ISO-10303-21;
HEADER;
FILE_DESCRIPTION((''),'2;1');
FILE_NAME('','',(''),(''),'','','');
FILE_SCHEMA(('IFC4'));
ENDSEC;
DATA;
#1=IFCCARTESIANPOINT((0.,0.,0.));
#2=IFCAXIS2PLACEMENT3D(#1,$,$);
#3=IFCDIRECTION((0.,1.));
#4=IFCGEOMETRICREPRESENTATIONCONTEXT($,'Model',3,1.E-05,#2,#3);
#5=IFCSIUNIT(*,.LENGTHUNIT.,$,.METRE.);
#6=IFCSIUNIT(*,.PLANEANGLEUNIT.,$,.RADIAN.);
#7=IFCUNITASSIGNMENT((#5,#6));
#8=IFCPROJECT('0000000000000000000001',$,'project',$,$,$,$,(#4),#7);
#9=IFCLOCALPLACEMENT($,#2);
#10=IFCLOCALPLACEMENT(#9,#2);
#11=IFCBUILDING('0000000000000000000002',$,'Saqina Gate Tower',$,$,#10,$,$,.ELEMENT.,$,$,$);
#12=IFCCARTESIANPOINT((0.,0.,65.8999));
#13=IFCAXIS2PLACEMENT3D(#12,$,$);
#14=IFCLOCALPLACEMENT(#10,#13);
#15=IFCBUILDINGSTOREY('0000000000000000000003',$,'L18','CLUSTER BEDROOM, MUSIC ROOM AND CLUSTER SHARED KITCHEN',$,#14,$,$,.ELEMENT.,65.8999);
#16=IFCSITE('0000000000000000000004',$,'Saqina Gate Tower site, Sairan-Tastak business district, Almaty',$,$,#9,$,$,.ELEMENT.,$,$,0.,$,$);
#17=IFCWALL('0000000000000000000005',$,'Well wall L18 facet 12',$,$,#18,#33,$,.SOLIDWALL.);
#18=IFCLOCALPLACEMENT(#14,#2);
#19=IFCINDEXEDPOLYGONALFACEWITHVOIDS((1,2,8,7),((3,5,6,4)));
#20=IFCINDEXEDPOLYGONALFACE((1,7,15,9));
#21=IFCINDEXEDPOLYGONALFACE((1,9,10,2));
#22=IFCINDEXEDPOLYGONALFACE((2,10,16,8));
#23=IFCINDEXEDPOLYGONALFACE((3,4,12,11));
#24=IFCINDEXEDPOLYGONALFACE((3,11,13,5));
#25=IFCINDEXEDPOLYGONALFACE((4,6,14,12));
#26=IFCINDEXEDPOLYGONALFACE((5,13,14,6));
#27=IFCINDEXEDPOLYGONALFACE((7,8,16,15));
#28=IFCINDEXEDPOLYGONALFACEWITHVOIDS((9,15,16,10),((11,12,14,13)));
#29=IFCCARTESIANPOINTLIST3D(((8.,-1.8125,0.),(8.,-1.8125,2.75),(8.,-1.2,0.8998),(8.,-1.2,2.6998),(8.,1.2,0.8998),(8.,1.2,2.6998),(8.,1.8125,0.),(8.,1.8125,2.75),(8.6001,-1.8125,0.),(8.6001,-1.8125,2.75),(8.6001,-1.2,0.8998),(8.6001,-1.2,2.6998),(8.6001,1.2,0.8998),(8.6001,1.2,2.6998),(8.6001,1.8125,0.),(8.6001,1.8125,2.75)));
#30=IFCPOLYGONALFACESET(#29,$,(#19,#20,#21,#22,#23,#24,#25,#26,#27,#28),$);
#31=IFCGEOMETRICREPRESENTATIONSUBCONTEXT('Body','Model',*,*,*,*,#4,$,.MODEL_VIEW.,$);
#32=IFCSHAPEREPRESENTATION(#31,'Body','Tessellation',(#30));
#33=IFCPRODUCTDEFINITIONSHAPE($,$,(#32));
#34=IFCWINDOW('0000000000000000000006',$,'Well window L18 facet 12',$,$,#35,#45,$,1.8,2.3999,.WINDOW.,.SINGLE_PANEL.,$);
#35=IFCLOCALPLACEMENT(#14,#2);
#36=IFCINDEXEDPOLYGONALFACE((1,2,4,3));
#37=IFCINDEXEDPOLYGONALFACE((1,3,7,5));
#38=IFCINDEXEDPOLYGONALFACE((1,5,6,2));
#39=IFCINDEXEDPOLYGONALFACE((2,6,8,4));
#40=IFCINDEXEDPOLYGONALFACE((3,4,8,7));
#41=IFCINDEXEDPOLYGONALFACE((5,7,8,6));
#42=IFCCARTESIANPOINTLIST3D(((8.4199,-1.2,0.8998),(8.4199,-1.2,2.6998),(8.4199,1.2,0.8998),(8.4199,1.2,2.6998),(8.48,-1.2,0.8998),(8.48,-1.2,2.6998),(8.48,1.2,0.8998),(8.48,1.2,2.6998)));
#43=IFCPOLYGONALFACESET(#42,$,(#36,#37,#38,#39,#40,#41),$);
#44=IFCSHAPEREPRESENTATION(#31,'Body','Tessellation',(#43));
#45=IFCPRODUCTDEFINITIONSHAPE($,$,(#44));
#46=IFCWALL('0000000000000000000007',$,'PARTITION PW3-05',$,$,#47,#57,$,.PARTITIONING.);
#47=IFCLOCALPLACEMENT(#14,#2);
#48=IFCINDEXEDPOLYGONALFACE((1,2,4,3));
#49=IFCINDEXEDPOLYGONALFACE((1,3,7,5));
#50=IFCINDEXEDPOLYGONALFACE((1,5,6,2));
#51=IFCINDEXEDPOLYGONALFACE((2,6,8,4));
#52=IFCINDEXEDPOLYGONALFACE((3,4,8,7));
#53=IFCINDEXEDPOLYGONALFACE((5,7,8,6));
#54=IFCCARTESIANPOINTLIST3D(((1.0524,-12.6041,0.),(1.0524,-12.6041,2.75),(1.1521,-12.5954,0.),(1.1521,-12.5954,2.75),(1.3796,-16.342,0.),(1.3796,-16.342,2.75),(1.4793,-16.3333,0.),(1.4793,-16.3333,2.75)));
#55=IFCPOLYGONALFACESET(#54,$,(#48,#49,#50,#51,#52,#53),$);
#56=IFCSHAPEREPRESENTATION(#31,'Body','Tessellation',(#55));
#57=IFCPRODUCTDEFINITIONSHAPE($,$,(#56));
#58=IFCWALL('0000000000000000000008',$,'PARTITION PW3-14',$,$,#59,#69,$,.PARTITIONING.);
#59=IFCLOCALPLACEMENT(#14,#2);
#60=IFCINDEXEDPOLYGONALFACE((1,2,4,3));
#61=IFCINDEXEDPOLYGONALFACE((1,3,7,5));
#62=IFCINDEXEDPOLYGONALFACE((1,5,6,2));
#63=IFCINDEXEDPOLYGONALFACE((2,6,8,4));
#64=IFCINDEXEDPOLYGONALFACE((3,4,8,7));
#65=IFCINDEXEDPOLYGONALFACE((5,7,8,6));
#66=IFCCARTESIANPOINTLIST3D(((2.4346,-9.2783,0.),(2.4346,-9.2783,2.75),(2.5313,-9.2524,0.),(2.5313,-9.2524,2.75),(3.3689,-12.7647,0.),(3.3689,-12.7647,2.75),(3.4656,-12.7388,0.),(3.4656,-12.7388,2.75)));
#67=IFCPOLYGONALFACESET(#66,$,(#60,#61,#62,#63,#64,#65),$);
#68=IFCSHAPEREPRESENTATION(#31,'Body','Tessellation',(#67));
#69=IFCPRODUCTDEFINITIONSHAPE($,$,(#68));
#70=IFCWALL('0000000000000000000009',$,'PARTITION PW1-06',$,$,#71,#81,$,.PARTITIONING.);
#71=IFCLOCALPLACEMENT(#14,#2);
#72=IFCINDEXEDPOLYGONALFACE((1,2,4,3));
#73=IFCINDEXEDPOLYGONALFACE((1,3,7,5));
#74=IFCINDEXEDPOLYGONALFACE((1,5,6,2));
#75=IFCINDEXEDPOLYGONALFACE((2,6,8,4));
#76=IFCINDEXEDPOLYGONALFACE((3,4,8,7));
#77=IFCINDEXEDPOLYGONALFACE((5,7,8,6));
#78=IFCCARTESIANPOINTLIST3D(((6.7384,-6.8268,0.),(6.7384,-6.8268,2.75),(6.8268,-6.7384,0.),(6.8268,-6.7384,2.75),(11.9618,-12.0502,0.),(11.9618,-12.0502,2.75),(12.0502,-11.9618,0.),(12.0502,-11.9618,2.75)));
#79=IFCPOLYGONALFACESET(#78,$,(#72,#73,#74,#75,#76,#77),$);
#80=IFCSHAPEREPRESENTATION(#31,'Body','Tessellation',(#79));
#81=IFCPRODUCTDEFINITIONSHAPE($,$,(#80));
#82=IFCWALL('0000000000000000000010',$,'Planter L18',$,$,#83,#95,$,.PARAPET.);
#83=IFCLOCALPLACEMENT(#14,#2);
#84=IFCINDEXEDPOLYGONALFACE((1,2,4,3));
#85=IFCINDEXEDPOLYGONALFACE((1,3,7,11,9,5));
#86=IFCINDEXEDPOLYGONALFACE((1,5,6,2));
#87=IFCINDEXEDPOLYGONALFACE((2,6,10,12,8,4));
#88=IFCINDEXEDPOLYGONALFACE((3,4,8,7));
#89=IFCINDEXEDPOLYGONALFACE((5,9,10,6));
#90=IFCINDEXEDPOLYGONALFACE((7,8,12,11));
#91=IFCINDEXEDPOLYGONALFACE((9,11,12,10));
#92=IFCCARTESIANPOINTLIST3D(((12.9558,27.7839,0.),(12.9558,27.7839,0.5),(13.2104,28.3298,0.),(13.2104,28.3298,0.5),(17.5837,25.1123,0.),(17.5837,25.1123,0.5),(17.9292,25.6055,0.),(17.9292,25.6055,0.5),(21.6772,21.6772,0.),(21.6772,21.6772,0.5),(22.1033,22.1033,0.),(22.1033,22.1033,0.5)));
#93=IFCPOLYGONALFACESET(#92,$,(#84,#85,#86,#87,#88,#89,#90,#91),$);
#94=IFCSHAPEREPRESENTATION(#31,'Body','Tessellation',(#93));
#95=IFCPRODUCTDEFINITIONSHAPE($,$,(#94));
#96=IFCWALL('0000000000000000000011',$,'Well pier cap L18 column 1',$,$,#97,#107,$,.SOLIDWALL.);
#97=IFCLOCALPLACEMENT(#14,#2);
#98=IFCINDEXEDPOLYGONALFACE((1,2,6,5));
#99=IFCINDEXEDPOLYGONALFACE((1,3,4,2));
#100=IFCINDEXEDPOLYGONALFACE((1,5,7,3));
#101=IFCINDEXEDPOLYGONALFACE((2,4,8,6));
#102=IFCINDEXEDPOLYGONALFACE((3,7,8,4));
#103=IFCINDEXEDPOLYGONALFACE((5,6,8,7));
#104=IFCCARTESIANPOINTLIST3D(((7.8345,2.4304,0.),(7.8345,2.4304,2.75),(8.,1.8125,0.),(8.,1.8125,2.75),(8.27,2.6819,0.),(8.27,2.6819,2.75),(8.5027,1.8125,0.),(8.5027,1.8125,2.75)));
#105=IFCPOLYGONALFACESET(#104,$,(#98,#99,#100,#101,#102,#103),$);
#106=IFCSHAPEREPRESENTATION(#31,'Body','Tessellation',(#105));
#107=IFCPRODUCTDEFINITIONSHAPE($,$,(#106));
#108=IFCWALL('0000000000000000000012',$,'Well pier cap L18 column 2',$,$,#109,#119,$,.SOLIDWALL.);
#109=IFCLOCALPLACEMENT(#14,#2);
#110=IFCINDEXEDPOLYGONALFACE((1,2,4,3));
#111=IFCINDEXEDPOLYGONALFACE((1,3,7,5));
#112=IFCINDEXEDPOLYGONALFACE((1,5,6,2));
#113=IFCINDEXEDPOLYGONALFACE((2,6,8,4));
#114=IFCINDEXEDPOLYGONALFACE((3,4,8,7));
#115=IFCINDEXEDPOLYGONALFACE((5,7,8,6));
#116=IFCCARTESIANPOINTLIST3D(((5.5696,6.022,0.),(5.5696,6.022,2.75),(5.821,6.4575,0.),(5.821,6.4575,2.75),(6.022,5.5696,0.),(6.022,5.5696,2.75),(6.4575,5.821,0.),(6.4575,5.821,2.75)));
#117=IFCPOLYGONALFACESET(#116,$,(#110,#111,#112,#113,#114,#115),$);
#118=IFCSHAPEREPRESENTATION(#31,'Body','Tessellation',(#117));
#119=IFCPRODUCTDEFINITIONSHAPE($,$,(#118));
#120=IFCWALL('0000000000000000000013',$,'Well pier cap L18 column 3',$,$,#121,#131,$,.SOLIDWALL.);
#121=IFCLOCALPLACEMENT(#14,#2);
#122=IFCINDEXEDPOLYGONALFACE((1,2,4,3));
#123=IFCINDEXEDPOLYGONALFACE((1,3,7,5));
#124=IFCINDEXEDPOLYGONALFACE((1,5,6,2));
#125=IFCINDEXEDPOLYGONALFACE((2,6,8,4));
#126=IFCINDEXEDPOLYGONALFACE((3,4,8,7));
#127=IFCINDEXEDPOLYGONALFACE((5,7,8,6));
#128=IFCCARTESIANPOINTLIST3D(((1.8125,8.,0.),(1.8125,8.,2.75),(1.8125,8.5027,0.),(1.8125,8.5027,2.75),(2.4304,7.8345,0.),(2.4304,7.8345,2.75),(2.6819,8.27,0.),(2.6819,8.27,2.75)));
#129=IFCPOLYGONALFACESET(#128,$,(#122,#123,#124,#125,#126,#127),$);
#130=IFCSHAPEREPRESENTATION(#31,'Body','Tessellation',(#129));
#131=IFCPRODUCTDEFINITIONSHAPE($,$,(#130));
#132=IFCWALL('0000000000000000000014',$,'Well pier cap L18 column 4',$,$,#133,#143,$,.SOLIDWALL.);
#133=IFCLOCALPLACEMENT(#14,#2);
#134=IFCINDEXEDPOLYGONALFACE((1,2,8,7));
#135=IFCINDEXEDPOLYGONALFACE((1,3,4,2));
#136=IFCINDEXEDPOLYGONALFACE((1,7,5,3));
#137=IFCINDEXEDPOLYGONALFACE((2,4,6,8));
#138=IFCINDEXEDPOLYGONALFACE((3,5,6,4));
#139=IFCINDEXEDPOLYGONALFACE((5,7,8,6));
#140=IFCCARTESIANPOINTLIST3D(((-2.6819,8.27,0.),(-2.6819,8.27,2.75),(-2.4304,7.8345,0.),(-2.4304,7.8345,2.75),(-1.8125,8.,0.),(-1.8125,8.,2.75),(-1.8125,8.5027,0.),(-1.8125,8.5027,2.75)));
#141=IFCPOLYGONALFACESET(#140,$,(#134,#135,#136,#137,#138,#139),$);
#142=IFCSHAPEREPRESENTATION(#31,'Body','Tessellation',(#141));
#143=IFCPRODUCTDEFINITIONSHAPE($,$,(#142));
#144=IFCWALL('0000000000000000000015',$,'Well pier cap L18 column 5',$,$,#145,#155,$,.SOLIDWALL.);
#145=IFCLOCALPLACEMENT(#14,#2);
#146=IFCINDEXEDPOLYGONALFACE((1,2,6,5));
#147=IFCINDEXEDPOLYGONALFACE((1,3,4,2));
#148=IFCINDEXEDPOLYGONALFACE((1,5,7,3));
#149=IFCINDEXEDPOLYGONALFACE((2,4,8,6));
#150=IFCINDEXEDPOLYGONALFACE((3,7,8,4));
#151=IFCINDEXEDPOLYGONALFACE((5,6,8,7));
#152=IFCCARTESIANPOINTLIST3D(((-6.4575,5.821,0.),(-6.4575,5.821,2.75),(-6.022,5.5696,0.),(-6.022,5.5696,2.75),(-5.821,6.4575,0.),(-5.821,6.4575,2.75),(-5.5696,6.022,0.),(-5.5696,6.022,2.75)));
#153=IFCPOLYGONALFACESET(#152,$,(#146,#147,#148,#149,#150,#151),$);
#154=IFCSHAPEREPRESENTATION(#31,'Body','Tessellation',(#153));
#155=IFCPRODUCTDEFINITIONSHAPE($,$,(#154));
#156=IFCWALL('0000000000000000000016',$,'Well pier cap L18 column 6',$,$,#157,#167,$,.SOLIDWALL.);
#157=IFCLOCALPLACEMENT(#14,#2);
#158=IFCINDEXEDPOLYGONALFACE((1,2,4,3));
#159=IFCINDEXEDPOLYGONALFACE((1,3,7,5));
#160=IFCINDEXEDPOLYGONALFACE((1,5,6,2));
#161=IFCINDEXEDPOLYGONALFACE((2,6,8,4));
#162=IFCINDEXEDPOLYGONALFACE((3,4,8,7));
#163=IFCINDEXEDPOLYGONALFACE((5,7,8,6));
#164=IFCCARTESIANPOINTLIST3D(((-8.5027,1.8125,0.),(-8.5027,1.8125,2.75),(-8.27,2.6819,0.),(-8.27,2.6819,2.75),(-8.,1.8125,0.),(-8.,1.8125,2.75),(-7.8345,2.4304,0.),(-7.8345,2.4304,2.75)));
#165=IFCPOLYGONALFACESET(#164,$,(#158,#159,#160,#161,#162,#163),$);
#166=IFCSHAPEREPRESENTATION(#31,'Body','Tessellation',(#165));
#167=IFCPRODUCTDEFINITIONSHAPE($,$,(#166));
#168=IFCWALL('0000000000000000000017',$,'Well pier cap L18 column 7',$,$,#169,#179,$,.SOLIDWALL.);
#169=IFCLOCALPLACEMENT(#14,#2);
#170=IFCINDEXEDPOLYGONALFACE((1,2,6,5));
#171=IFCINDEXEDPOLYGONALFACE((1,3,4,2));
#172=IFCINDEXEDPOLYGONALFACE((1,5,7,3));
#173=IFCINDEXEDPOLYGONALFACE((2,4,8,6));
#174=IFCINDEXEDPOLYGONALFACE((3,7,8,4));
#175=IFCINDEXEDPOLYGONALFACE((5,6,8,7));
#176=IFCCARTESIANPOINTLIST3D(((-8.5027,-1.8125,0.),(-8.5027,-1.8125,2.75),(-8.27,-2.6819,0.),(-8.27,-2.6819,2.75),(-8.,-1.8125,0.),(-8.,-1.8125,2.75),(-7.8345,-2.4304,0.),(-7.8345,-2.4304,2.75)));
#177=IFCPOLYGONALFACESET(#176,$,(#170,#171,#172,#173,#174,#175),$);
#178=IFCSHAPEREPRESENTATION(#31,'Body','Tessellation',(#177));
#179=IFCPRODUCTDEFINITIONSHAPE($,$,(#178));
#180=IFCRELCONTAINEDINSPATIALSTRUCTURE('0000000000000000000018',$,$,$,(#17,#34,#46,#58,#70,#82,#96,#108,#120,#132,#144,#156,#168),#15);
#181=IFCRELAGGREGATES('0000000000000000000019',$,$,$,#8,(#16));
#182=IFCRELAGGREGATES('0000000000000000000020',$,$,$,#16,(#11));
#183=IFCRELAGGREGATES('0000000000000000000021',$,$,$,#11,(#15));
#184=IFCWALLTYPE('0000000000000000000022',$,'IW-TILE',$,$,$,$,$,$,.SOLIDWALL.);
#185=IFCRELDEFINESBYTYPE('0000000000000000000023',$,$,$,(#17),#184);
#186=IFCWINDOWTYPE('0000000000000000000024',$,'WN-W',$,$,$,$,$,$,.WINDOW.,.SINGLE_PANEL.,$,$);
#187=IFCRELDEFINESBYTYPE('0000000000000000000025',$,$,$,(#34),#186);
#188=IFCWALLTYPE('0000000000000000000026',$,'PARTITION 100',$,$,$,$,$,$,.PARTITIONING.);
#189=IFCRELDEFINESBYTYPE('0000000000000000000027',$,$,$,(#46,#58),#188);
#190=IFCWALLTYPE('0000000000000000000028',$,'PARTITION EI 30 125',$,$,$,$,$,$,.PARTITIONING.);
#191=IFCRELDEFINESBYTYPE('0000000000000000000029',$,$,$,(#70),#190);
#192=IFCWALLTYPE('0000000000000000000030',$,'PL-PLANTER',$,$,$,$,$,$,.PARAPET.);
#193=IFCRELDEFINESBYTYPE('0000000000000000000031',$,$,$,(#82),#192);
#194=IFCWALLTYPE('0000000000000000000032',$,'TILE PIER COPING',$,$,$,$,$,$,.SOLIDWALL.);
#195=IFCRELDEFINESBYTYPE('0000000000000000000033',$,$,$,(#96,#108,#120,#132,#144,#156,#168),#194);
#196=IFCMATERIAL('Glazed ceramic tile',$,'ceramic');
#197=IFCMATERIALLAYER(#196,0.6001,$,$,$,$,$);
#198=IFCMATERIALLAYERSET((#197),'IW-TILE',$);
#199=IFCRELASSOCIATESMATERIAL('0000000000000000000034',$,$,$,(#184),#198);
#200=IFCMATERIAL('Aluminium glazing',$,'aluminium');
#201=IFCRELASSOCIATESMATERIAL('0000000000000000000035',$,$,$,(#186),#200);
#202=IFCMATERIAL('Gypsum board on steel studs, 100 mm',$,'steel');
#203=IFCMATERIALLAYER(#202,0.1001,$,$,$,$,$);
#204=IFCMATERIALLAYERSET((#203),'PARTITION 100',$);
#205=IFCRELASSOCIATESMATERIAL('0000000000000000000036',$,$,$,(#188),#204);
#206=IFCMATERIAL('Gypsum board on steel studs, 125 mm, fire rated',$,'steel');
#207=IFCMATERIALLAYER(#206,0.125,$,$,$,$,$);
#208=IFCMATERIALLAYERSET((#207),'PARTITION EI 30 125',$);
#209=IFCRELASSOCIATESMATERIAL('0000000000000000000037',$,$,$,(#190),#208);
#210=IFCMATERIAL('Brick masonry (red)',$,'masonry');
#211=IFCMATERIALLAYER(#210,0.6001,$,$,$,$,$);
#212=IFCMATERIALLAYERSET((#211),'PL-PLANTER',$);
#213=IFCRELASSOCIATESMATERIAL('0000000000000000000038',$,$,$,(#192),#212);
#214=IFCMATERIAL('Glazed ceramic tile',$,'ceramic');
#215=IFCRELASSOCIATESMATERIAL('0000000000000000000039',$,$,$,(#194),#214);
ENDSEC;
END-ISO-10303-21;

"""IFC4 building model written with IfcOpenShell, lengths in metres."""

from ifc_helpers import new_model, si_unit, direction, frame, frame_2d, origin, place, context, subcontext, project, spatial, polyline, rectangle, outline, extrude, material, layer, layer_set, type_object, element, fill, save


model = new_model("IFC4")

# Units and contexts
model_context = context("Model", 3, precision=1e-05, world=origin(), true_north=direction((0.0, 1.0)))
body_context = subcontext(model_context, "Body", "Model", "MODEL_VIEW")
ifc_project = project(units=[si_unit("LENGTHUNIT", "METRE"), si_unit("PLANEANGLEUNIT", "RADIAN")], contexts=[model_context])

# Site, building, storey
site_placement = place(None, origin())
site = spatial("IfcSite", under=ifc_project, at=site_placement, Name="Saqina Gate Tower site, Sairan-Tastak business district, Almaty", CompositionType="ELEMENT", RefElevation=0.0)
building_placement = place(site_placement, origin())
building = spatial("IfcBuilding", under=site, at=building_placement, Name="Saqina Gate Tower", CompositionType="ELEMENT")
storey_placement = place(building_placement, frame((0.0, 0.0, 65.8999)))
storey = spatial("IfcBuildingStorey", under=building, at=storey_placement, Name="L18", Description="CLUSTER BEDROOM, MUSIC ROOM AND CLUSTER SHARED KITCHEN", CompositionType="ELEMENT", Elevation=65.8999)

# Wall, opening, window
ifc_material_1 = material(Name="Glazed ceramic tile", Category="ceramic")
ifc_layer_1 = layer(ifc_material_1, 0.6001)
ifc_layer_set_1 = layer_set([ifc_layer_1], Name="IW-TILE")
wall_type_1 = type_object("IfcWallType", Name="IW-TILE", PredefinedType="SOLIDWALL", material=ifc_layer_set_1)
ifc_material_2 = material(Name="Aluminium glazing", Category="aluminium")
window_type = type_object("IfcWindowType", Name="WN-W", PartitioningType="SINGLE_PANEL", PredefinedType="WINDOW", material=ifc_material_2)
wall_1_placement = place(storey_placement, frame((8.3, -1.8125, 0.0), z_axis=(0.0, 0.0, 1.0), x_axis=(0.0, 1.0, 0.0)))
wall_1 = element("IfcWall", 1, at=wall_1_placement, inside=storey, type_object=wall_type_1, Name="Well wall L18 facet 12", PredefinedType="SOLIDWALL", context=body_context, shape_type="SweptSolid", body=[
    extrude(rectangle(XDim=3.625, YDim=0.6001, at=frame_2d((1.8125, 0.0))), origin(), (0.0, 0.0, 1.0), 2.75),
])
opening_1_placement = place(wall_1_placement, frame((0.6125, 0.0, 0.8999)))
opening_1 = element("IfcOpeningElement", 2, at=opening_1_placement, cuts=wall_1, PredefinedType="OPENING", context=body_context, shape_type="SweptSolid", body=[
    extrude(rectangle(XDim=2.3999, YDim=1.8, at=frame_2d((1.2, 0.8999))), frame((0.0, 0.312, 0.0), z_axis=(0.0, -1.0, 0.0), x_axis=(1.0, 0.0, 0.0)), (0.0, 0.0, 1.0), 0.624),
])
window_1_placement = place(opening_1_placement, origin())
window_1 = element("IfcWindow", 3, at=window_1_placement, inside=storey, type_object=window_type, Name="Well window L18 facet 12", OverallHeight=1.8, OverallWidth=2.3999, PartitioningType="SINGLE_PANEL", PredefinedType="WINDOW", context=body_context, shape_type="SweptSolid", body=[
    extrude(rectangle(XDim=2.3999, YDim=1.8, at=frame_2d((1.2, 0.8999))), frame((0.0, -0.1199, 0.0), z_axis=(0.0, -1.0, 0.0), x_axis=(1.0, 0.0, 0.0)), (0.0, 0.0, 1.0), 0.0601),
])
fill(opening_1, window_1)

# Walls
ifc_material_3 = material(Name="Gypsum board on steel studs, 100 mm", Category="steel")
ifc_layer_2 = layer(ifc_material_3, 0.1001)
ifc_layer_set_2 = layer_set([ifc_layer_2], Name="PARTITION 100")
wall_type_2 = type_object("IfcWallType", Name="PARTITION 100", PredefinedType="PARTITIONING", material=ifc_layer_set_2)
wall_2_placement = place(storey_placement, frame((1.1023, -12.5999, 0.0), z_axis=(0.0, 0.0, 1.0), x_axis=(0.087191, -0.996192, 0.0)))
element("IfcWall", 4, at=wall_2_placement, inside=storey, type_object=wall_type_2, Name="PARTITION PW3-05", PredefinedType="PARTITIONING", context=body_context, shape_type="SweptSolid", body=[
    extrude(rectangle(XDim=3.7522, YDim=0.1001, at=frame_2d((1.876, 0.0))), origin(), (0.0, 0.0, 1.0), 2.75),
])
wall_3_placement = place(storey_placement, frame((2.4829, -9.2654, 0.0), z_axis=(0.0, 0.0, 1.0), x_axis=(0.258862, -0.965914, 0.0)))
element("IfcWall", 5, at=wall_3_placement, inside=storey, type_object=wall_type_2, Name="PARTITION PW3-14", PredefinedType="PARTITIONING", context=body_context, shape_type="SweptSolid", body=[
    extrude(rectangle(XDim=3.6094, YDim=0.1001, at=frame_2d((1.8047, 0.0))), origin(), (0.0, 0.0, 1.0), 2.75),
])
ifc_material_4 = material(Name="Gypsum board on steel studs, 125 mm, fire rated", Category="steel")
ifc_layer_3 = layer(ifc_material_4, 0.125)
ifc_layer_set_3 = layer_set([ifc_layer_3], Name="PARTITION EI 30 125")
wall_type_3 = type_object("IfcWallType", Name="PARTITION EI 30 125", PredefinedType="PARTITIONING", material=ifc_layer_set_3)
wall_4_placement = place(storey_placement, frame((6.7827, -6.7827, 0.0), z_axis=(0.0, 0.0, 1.0), x_axis=(0.707107, -0.707107, 0.0)))
element("IfcWall", 6, at=wall_4_placement, inside=storey, type_object=wall_type_3, Name="PARTITION PW1-06", PredefinedType="PARTITIONING", context=body_context, shape_type="SweptSolid", body=[
    extrude(rectangle(XDim=7.387, YDim=0.125, at=frame_2d((3.6934, 0.0))), origin(), (0.0, 0.0, 1.0), 2.75),
])
ifc_material_5 = material(Name="Brick masonry (red)", Category="masonry")
ifc_layer_4 = layer(ifc_material_5, 0.6001)
ifc_layer_set_4 = layer_set([ifc_layer_4], Name="PL-PLANTER")
wall_type_4 = type_object("IfcWallType", Name="PL-PLANTER", PredefinedType="PARAPET", material=ifc_layer_set_4)
wall_5_placement = place(storey_placement, origin())
element("IfcWall", 7, at=wall_5_placement, inside=storey, type_object=wall_type_4, Name="Planter L18", PredefinedType="PARAPET", context=body_context, shape_type="SweptSolid", body=[
    extrude(outline(polyline([(22.1033, 22.1033), (17.9292, 25.6055), (13.2104, 28.3298), (12.9558, 27.7839), (17.5837, 25.1123), (21.6772, 21.6772), (22.1033, 22.1033)])), origin(), (0.0, 0.0, 1.0), 0.5),
])
ifc_material_6 = material(Name="Glazed ceramic tile", Category="ceramic")
wall_type_5 = type_object("IfcWallType", Name="TILE PIER COPING", PredefinedType="SOLIDWALL", material=ifc_material_6)
wall_6_placement = place(storey_placement, origin())
element("IfcWall", 8, at=wall_6_placement, inside=storey, type_object=wall_type_5, Name="Well pier cap L18 column 1", PredefinedType="SOLIDWALL", context=body_context, shape_type="SweptSolid", body=[
    extrude(outline(polyline([(8.27, 2.6819), (7.8345, 2.4304), (8.0, 1.8125), (8.5027, 1.8125), (8.27, 2.6819)])), origin(), (0.0, 0.0, 1.0), 2.75),
])
wall_7_placement = place(storey_placement, origin())
element("IfcWall", 9, at=wall_7_placement, inside=storey, type_object=wall_type_5, Name="Well pier cap L18 column 2", PredefinedType="SOLIDWALL", context=body_context, shape_type="SweptSolid", body=[
    extrude(outline(polyline([(5.821, 6.4575), (5.5696, 6.022), (6.022, 5.5696), (6.4575, 5.821), (5.821, 6.4575)])), origin(), (0.0, 0.0, 1.0), 2.75),
])
wall_8_placement = place(storey_placement, origin())
element("IfcWall", 10, at=wall_8_placement, inside=storey, type_object=wall_type_5, Name="Well pier cap L18 column 3", PredefinedType="SOLIDWALL", context=body_context, shape_type="SweptSolid", body=[
    extrude(outline(polyline([(1.8125, 8.5027), (1.8125, 8.0), (2.4304, 7.8345), (2.6819, 8.27), (1.8125, 8.5027)])), origin(), (0.0, 0.0, 1.0), 2.75),
])
wall_9_placement = place(storey_placement, origin())
element("IfcWall", 11, at=wall_9_placement, inside=storey, type_object=wall_type_5, Name="Well pier cap L18 column 4", PredefinedType="SOLIDWALL", context=body_context, shape_type="SweptSolid", body=[
    extrude(outline(polyline([(-2.6819, 8.27), (-2.4304, 7.8345), (-1.8125, 8.0), (-1.8125, 8.5027), (-2.6819, 8.27)])), origin(), (0.0, 0.0, 1.0), 2.75),
])
wall_10_placement = place(storey_placement, origin())
element("IfcWall", 12, at=wall_10_placement, inside=storey, type_object=wall_type_5, Name="Well pier cap L18 column 5", PredefinedType="SOLIDWALL", context=body_context, shape_type="SweptSolid", body=[
    extrude(outline(polyline([(-6.4575, 5.821), (-6.022, 5.5696), (-5.5696, 6.022), (-5.821, 6.4575), (-6.4575, 5.821)])), origin(), (0.0, 0.0, 1.0), 2.75),
])
wall_11_placement = place(storey_placement, origin())
element("IfcWall", 13, at=wall_11_placement, inside=storey, type_object=wall_type_5, Name="Well pier cap L18 column 6", PredefinedType="SOLIDWALL", context=body_context, shape_type="SweptSolid", body=[
    extrude(outline(polyline([(-8.5027, 1.8125), (-8.0, 1.8125), (-7.8345, 2.4304), (-8.27, 2.6819), (-8.5027, 1.8125)])), origin(), (0.0, 0.0, 1.0), 2.75),
])
wall_12_placement = place(storey_placement, origin())
element("IfcWall", 14, at=wall_12_placement, inside=storey, type_object=wall_type_5, Name="Well pier cap L18 column 7", PredefinedType="SOLIDWALL", context=body_context, shape_type="SweptSolid", body=[
    extrude(outline(polyline([(-8.27, -2.6819), (-7.8345, -2.4304), (-8.0, -1.8125), (-8.5027, -1.8125), (-8.27, -2.6819)])), origin(), (0.0, 0.0, 1.0), 2.75),
])

save(model, "model.ifc")
